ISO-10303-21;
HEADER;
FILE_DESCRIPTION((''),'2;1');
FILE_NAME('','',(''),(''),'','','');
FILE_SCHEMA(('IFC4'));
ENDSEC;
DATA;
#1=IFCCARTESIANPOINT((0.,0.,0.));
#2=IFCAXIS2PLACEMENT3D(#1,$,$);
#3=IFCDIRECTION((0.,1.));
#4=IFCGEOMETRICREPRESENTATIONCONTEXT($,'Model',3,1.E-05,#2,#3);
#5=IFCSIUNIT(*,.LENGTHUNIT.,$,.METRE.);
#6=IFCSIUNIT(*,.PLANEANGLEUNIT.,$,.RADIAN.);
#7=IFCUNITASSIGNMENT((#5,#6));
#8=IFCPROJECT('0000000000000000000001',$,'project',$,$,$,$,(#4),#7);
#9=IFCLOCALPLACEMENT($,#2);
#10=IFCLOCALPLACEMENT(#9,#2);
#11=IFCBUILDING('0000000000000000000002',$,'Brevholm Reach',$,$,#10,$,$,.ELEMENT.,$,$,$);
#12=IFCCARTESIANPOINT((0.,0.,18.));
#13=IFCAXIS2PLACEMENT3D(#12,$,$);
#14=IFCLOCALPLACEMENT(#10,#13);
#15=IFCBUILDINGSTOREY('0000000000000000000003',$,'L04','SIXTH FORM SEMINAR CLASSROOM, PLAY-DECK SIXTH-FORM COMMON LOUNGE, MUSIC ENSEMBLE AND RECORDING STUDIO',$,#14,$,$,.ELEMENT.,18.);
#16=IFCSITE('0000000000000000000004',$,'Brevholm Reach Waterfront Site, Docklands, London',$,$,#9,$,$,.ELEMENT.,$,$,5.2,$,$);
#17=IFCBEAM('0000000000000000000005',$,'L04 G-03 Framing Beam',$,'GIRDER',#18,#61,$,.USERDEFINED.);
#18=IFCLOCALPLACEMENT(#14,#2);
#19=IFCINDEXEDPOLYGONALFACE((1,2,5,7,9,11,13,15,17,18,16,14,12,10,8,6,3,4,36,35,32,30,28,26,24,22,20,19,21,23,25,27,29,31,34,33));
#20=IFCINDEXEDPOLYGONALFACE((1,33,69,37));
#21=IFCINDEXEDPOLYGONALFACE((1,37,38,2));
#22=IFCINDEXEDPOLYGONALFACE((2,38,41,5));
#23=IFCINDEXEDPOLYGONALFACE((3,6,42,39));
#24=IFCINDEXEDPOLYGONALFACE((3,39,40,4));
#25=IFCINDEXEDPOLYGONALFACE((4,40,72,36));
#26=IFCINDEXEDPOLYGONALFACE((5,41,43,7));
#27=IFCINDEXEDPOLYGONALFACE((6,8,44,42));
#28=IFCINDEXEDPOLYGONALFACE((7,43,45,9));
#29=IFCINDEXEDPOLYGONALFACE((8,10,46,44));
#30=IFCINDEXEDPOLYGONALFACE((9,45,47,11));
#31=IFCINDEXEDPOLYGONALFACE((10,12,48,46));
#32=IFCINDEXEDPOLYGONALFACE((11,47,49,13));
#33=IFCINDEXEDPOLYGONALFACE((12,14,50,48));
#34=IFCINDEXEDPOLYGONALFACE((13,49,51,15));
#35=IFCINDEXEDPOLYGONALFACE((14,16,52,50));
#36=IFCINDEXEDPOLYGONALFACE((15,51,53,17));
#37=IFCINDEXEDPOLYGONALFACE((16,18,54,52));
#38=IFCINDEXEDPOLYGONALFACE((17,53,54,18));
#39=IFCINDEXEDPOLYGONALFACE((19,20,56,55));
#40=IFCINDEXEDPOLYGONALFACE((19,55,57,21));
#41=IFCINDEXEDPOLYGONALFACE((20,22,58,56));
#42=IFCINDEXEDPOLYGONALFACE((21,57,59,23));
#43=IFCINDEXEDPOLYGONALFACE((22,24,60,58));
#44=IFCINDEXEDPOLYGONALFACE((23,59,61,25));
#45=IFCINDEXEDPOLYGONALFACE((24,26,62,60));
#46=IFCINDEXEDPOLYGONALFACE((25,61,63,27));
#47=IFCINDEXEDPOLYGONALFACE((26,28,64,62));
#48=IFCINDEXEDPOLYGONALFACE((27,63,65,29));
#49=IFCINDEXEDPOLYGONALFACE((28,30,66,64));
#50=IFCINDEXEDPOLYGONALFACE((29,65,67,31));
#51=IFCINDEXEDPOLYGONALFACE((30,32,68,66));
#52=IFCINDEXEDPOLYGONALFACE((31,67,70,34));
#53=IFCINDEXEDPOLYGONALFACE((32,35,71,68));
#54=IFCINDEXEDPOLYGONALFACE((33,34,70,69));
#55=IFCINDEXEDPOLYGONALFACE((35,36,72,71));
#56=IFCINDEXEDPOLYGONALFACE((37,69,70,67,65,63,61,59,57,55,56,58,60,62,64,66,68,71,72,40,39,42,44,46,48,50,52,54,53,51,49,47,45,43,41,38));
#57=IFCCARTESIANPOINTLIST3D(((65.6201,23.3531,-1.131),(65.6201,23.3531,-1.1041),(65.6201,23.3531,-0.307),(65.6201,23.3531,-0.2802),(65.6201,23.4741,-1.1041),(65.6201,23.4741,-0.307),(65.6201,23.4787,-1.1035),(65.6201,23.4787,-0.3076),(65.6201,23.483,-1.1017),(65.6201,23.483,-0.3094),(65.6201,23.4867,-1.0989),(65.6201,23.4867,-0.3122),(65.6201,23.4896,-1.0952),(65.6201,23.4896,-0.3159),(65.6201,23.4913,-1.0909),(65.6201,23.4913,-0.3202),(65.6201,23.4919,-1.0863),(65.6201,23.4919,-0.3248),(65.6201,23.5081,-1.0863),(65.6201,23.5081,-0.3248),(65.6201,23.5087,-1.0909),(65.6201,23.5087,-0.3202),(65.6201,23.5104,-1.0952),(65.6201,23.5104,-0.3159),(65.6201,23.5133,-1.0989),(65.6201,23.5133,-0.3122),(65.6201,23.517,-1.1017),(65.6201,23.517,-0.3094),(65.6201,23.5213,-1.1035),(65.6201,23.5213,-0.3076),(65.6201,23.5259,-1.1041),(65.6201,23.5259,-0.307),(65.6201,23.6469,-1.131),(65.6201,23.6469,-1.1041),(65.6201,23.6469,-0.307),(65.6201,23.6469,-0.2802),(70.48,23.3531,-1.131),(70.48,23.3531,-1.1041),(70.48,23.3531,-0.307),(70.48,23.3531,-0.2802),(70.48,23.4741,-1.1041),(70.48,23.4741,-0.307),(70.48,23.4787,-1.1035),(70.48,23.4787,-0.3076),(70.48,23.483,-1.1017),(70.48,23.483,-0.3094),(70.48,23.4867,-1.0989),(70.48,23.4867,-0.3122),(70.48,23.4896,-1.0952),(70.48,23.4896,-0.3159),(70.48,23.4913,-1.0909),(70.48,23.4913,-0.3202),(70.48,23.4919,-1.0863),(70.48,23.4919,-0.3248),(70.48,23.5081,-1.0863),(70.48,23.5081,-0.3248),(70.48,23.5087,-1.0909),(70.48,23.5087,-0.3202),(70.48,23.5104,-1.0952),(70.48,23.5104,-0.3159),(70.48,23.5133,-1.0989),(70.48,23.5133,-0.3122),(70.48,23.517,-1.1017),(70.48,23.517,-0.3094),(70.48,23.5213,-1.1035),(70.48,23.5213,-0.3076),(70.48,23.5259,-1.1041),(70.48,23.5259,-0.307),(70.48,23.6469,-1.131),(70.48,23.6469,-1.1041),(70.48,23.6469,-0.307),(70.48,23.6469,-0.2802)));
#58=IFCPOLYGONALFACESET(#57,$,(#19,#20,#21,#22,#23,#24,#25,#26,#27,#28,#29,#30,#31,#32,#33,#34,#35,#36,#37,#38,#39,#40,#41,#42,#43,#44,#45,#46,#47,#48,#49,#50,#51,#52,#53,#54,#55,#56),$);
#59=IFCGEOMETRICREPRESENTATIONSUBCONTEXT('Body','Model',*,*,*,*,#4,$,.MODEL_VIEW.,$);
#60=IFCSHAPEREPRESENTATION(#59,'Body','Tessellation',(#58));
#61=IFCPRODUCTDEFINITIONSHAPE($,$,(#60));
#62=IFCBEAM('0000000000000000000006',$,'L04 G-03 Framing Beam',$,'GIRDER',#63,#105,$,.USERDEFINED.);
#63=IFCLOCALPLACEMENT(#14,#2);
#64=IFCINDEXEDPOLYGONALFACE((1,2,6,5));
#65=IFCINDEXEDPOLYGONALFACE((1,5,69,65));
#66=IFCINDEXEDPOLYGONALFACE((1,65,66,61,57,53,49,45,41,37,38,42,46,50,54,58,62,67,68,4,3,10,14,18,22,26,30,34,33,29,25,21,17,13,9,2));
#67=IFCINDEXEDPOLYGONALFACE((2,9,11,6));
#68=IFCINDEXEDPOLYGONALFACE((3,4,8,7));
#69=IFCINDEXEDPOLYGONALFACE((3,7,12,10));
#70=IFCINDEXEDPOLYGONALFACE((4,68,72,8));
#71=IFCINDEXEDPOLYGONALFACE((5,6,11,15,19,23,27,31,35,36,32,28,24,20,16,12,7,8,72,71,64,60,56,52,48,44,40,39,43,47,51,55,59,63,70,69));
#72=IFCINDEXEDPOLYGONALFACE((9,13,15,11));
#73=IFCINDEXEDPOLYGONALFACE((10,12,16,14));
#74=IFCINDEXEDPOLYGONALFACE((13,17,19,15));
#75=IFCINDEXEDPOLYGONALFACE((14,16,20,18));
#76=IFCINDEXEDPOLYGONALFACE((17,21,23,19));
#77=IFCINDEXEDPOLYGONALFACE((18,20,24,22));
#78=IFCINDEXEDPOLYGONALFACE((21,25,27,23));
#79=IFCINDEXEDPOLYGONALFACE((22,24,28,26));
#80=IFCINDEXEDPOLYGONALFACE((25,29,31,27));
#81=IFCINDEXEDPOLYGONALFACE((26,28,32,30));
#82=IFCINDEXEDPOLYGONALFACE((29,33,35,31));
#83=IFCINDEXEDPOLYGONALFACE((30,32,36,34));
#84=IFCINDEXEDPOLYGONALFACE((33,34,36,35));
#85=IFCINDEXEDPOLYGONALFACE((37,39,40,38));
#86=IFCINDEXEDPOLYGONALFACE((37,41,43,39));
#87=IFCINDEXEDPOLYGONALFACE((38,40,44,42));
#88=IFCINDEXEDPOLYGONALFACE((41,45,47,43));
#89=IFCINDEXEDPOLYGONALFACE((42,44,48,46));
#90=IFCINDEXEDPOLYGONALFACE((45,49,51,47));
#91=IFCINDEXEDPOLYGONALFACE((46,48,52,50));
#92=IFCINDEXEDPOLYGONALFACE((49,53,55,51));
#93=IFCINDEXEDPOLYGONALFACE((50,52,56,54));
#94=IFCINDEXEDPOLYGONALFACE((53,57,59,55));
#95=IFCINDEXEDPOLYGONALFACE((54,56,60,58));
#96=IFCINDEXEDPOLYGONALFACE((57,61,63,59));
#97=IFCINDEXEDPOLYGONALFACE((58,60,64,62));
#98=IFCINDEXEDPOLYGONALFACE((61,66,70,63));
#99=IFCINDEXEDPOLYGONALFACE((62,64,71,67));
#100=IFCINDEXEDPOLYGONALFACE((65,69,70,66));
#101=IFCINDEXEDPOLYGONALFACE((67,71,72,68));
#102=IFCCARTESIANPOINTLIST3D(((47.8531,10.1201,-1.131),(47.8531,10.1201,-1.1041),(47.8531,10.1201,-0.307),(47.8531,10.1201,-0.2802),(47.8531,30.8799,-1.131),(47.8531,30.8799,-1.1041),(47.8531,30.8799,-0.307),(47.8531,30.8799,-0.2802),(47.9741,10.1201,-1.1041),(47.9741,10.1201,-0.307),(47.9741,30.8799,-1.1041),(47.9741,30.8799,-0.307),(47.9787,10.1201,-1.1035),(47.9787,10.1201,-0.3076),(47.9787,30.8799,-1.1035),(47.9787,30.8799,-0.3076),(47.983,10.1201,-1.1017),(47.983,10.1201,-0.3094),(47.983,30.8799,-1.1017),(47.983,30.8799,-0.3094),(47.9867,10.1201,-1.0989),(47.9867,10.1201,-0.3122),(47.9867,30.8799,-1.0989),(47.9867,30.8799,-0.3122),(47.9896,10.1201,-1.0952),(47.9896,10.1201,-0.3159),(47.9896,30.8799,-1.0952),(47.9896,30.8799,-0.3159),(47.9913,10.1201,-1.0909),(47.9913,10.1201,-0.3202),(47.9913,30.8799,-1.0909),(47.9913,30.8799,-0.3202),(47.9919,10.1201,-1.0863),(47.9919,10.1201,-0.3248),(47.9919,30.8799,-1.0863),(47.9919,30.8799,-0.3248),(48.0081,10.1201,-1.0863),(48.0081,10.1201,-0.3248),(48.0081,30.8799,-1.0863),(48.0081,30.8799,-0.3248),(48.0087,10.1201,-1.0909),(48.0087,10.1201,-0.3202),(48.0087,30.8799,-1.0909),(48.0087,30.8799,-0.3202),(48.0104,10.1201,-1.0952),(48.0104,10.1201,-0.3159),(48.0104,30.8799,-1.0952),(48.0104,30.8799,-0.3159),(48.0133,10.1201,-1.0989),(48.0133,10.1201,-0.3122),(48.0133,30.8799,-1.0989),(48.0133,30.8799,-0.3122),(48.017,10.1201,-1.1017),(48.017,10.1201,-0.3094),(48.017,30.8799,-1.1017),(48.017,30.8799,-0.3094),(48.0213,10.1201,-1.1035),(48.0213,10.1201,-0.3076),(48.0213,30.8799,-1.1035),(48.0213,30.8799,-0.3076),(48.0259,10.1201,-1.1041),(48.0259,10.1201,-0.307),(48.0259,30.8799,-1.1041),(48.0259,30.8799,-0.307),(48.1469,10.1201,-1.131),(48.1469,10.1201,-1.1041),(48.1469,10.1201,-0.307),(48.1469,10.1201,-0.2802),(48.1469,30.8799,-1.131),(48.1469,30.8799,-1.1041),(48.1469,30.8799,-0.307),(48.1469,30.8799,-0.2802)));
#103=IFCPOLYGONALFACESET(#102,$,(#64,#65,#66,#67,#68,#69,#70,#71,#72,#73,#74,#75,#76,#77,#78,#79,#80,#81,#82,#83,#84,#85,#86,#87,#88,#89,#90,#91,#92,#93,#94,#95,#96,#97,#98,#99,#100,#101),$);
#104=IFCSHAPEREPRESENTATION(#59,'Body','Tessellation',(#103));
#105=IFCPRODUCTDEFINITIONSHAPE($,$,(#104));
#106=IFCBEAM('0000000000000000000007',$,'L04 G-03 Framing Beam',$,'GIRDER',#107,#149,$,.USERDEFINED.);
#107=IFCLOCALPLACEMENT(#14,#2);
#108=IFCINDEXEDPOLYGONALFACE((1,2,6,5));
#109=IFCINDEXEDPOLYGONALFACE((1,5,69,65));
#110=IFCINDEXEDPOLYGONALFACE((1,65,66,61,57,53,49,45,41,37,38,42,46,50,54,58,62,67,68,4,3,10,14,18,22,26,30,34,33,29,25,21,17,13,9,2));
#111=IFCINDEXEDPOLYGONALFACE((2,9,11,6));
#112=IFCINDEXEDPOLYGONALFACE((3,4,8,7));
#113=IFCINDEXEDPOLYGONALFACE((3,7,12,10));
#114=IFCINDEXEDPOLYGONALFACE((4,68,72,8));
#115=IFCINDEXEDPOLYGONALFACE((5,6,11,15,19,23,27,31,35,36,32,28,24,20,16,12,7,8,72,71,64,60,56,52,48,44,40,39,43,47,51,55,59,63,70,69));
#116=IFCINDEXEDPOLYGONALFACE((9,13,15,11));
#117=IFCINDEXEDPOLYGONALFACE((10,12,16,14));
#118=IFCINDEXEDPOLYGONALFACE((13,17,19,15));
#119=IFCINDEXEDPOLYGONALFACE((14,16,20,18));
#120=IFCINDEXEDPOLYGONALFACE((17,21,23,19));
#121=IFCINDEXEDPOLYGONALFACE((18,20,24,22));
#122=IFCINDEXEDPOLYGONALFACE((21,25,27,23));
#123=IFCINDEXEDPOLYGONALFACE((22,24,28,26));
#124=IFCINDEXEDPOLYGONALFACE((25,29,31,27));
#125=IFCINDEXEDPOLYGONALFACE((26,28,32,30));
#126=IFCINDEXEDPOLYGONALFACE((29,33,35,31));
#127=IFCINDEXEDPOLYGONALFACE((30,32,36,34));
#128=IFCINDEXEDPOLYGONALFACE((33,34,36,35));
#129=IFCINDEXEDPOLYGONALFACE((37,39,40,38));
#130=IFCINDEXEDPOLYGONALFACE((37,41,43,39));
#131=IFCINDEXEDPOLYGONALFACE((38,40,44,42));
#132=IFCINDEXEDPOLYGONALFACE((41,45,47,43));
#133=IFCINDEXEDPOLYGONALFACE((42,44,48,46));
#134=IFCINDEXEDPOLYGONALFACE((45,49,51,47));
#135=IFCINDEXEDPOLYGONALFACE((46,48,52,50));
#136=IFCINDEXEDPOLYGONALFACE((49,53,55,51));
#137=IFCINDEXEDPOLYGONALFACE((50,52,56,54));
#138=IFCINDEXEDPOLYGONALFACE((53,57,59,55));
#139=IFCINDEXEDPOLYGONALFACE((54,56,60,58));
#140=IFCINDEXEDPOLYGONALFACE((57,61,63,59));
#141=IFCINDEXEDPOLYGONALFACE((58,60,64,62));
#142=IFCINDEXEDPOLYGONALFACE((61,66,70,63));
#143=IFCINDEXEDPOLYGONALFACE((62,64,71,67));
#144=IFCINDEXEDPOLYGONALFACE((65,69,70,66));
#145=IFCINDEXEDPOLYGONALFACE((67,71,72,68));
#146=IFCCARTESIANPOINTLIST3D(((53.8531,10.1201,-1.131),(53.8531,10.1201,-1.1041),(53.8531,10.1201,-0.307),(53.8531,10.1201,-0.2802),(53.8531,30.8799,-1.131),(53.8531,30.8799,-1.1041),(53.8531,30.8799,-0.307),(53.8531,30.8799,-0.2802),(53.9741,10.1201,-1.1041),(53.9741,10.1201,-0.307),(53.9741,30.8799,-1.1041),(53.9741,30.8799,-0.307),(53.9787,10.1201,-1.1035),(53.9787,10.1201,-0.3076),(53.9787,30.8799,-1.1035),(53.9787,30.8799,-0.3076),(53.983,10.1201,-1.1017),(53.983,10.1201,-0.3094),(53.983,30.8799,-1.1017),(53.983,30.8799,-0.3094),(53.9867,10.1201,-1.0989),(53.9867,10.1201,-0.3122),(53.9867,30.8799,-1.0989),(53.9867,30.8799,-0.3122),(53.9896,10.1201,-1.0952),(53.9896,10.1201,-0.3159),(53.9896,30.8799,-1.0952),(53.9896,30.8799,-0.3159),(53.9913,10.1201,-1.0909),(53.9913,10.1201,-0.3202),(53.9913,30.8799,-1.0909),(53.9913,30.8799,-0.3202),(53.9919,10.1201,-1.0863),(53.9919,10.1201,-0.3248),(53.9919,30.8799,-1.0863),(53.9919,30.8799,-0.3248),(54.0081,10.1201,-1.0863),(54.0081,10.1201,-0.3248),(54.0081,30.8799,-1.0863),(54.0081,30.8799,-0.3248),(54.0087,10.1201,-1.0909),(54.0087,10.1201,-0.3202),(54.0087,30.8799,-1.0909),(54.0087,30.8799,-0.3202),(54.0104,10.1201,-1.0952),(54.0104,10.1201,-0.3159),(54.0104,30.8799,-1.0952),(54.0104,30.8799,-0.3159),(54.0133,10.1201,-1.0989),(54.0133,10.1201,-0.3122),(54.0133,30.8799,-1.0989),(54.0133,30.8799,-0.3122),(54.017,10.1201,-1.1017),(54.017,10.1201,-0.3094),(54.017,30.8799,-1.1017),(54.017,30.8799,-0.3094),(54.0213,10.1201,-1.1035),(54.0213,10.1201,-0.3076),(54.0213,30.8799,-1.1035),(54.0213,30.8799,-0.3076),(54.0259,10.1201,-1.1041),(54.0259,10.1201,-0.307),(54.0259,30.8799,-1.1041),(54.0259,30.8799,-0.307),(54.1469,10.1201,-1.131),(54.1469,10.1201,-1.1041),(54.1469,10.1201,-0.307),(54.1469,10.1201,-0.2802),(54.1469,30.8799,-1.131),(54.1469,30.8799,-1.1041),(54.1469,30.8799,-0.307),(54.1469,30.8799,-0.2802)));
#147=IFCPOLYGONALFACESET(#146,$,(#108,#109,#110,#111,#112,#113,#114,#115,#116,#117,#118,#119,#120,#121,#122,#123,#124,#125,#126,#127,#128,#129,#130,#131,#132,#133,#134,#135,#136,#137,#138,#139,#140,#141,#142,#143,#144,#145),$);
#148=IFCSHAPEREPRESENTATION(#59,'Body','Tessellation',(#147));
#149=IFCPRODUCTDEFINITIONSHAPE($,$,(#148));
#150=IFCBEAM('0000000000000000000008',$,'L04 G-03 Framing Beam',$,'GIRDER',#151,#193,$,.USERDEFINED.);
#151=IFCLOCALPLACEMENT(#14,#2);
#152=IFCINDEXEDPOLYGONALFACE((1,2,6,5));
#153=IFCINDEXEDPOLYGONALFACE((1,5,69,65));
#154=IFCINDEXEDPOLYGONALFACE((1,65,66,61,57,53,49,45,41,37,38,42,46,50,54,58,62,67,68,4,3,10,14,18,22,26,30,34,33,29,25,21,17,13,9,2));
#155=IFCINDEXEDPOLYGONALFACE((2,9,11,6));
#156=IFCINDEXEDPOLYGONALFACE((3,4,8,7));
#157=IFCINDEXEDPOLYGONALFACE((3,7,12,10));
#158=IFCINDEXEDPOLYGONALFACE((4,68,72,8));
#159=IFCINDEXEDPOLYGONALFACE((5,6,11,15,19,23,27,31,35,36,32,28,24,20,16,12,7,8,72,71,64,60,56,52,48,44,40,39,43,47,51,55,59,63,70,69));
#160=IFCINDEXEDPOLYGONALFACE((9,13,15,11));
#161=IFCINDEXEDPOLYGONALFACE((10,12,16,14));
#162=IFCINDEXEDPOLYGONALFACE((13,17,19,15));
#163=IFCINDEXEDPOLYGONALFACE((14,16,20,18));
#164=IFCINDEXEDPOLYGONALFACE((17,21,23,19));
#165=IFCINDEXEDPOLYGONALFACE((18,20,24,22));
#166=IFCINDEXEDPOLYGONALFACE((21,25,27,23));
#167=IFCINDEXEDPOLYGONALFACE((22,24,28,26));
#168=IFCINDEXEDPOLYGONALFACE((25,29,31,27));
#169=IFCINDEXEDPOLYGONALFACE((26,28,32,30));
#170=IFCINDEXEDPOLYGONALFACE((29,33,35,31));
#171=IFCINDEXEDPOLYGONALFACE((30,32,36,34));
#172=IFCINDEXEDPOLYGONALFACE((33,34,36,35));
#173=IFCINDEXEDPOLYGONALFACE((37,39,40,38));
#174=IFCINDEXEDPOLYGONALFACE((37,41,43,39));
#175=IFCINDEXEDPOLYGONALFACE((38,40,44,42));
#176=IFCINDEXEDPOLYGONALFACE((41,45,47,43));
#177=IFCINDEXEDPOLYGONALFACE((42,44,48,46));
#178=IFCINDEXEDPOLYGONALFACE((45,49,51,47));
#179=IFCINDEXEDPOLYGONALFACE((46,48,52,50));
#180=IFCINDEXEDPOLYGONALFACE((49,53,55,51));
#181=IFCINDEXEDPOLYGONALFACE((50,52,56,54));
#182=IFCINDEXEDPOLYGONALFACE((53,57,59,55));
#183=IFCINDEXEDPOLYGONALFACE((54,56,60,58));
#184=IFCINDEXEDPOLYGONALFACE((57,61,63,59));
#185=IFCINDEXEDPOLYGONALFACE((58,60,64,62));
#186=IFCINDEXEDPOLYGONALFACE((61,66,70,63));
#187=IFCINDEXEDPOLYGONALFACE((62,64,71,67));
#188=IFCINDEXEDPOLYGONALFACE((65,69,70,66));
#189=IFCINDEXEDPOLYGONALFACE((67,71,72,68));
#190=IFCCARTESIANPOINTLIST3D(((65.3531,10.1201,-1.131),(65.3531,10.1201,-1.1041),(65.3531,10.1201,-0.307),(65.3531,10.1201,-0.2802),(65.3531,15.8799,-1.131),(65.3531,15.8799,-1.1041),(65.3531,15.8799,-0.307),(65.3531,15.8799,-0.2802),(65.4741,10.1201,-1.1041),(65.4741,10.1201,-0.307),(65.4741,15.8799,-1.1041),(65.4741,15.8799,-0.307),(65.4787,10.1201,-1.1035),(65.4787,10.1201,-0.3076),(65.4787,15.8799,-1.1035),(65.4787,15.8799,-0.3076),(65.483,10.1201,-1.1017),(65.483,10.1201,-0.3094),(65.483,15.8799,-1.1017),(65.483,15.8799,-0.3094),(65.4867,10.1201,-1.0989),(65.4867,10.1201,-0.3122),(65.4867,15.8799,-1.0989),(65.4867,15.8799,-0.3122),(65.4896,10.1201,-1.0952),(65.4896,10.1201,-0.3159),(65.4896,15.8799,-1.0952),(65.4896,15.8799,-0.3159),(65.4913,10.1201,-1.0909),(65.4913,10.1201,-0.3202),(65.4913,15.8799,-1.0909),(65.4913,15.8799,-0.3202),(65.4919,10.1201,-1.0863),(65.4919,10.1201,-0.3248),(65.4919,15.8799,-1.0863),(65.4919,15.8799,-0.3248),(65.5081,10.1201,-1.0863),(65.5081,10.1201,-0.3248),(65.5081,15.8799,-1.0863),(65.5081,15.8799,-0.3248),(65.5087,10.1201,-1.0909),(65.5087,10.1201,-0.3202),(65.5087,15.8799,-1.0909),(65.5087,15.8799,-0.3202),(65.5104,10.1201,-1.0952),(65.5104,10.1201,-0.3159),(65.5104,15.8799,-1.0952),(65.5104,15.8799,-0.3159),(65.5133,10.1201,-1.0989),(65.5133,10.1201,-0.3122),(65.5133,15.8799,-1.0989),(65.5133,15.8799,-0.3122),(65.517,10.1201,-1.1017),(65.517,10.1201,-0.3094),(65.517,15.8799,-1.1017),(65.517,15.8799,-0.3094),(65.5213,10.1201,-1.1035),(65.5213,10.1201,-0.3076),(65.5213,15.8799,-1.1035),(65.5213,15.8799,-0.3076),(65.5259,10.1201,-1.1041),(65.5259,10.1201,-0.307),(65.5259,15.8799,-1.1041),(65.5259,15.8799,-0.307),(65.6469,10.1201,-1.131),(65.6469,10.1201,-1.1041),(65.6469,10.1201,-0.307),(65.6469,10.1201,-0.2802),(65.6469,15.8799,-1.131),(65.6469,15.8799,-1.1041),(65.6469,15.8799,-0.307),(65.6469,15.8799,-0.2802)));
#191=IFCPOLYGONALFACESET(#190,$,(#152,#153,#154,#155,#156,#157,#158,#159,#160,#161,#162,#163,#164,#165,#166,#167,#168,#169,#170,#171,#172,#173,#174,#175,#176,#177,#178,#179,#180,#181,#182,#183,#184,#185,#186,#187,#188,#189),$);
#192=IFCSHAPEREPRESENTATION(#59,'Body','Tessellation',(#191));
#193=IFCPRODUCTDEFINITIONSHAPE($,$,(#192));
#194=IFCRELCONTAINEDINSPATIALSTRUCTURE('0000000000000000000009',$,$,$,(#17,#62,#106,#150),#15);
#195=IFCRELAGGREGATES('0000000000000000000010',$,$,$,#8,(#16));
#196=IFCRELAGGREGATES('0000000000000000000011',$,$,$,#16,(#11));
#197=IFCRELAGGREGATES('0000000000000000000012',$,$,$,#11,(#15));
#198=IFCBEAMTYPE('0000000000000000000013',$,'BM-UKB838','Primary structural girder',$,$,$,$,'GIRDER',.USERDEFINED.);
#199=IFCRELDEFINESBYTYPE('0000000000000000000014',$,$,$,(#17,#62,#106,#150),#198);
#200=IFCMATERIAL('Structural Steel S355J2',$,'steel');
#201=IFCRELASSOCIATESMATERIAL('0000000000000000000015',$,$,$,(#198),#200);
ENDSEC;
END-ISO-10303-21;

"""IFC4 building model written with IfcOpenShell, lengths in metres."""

from ifc_helpers import new_model, si_unit, direction, frame, origin, origin_2d, place, context, subcontext, project, spatial, i_section, extrude, material, material_profile, profile_set, type_object, element, save


model = new_model("IFC4")

# Units and contexts
model_context = context("Model", 3, precision=1e-05, world=origin(), true_north=direction((0.0, 1.0)))
body_context = subcontext(model_context, "Body", "Model", "MODEL_VIEW")
ifc_project = project(units=[si_unit("LENGTHUNIT", "METRE"), si_unit("PLANEANGLEUNIT", "RADIAN")], contexts=[model_context])

# Site, building, storey
site_placement = place(None, origin())
site = spatial("IfcSite", under=ifc_project, at=site_placement, Name="Brevholm Reach Waterfront Site, Docklands, London", CompositionType="ELEMENT", RefElevation=5.2)
building_placement = place(site_placement, origin())
building = spatial("IfcBuilding", under=site, at=building_placement, Name="Brevholm Reach", CompositionType="ELEMENT")
storey_placement = place(building_placement, frame((0.0, 0.0, 18.0)))
storey = spatial("IfcBuildingStorey", under=building, at=storey_placement, Name="L04", Description="SIXTH FORM SEMINAR CLASSROOM, PLAY-DECK SIXTH-FORM COMMON LOUNGE, MUSIC ENSEMBLE AND RECORDING STUDIO", CompositionType="ELEMENT", Elevation=18.0)

# Beams
ifc_material_1 = material(Name="Structural Steel S355J2", Category="steel")
ifc_material_profile_1 = material_profile(ifc_material_1, i_section(OverallWidth=0.2937, OverallDepth=0.8508, WebThickness=0.0161, FlangeThickness=0.0269, FilletRadius=0.0178, at=origin_2d()), Name="UKB 838x292x226")
ifc_profile_set_1 = profile_set([ifc_material_profile_1], Name="Structural Steel S355J2")
beam_type_1 = type_object("IfcBeamType", Name="BM-UKB838", Description="Primary structural girder", ElementType="GIRDER", PredefinedType="USERDEFINED", material=ifc_profile_set_1)
beam_1_placement = place(storey_placement, frame((65.6201, 23.5, -0.7056), z_axis=(1.0, 0.0, 0.0), x_axis=(0.0, 1.0, 0.0)))
element("IfcBeam", 1, at=beam_1_placement, inside=storey, type_object=beam_type_1, Name="L04 G-03 Framing Beam", ObjectType="GIRDER", PredefinedType="USERDEFINED", context=body_context, shape_type="SweptSolid", body=[
    extrude(i_section(OverallWidth=0.2937, OverallDepth=0.8508, WebThickness=0.0161, FlangeThickness=0.0269, FilletRadius=0.0178, at=origin_2d()), origin(), (0.0, 0.0, 1.0), 4.8599),
])
for number, where, z_axis, x_axis, name in (
    (2, (48.0, 10.1201, -0.7056), (0.0, 1.0, 0.0), (-1.0, 0.0, 0.0), "L04 G-03 Framing Beam"),
    (3, (54.0, 10.1201, -0.7056), (0.0, 1.0, 0.0), (-1.0, 0.0, 0.0), "L04 G-03 Framing Beam"),
):
    element("IfcBeam", number, at=place(storey_placement, frame(where, z_axis=z_axis, x_axis=x_axis)), inside=storey, type_object=beam_type_1, Name=name, ObjectType="GIRDER", PredefinedType="USERDEFINED", context=body_context, shape_type="SweptSolid", body=[
        extrude(i_section(OverallWidth=0.2937, OverallDepth=0.8508, WebThickness=0.0161, FlangeThickness=0.0269, FilletRadius=0.0178, at=origin_2d()), origin(), (0.0, 0.0, 1.0), 20.7598),
    ])
beam_2_placement = place(storey_placement, frame((65.5, 10.1201, -0.7056), z_axis=(0.0, 1.0, 0.0), x_axis=(-1.0, 0.0, 0.0)))
element("IfcBeam", 4, at=beam_2_placement, inside=storey, type_object=beam_type_1, Name="L04 G-03 Framing Beam", ObjectType="GIRDER", PredefinedType="USERDEFINED", context=body_context, shape_type="SweptSolid", body=[
    extrude(i_section(OverallWidth=0.2937, OverallDepth=0.8508, WebThickness=0.0161, FlangeThickness=0.0269, FilletRadius=0.0178, at=origin_2d()), origin(), (0.0, 0.0, 1.0), 5.7598),
])

save(model, "model.ifc")
